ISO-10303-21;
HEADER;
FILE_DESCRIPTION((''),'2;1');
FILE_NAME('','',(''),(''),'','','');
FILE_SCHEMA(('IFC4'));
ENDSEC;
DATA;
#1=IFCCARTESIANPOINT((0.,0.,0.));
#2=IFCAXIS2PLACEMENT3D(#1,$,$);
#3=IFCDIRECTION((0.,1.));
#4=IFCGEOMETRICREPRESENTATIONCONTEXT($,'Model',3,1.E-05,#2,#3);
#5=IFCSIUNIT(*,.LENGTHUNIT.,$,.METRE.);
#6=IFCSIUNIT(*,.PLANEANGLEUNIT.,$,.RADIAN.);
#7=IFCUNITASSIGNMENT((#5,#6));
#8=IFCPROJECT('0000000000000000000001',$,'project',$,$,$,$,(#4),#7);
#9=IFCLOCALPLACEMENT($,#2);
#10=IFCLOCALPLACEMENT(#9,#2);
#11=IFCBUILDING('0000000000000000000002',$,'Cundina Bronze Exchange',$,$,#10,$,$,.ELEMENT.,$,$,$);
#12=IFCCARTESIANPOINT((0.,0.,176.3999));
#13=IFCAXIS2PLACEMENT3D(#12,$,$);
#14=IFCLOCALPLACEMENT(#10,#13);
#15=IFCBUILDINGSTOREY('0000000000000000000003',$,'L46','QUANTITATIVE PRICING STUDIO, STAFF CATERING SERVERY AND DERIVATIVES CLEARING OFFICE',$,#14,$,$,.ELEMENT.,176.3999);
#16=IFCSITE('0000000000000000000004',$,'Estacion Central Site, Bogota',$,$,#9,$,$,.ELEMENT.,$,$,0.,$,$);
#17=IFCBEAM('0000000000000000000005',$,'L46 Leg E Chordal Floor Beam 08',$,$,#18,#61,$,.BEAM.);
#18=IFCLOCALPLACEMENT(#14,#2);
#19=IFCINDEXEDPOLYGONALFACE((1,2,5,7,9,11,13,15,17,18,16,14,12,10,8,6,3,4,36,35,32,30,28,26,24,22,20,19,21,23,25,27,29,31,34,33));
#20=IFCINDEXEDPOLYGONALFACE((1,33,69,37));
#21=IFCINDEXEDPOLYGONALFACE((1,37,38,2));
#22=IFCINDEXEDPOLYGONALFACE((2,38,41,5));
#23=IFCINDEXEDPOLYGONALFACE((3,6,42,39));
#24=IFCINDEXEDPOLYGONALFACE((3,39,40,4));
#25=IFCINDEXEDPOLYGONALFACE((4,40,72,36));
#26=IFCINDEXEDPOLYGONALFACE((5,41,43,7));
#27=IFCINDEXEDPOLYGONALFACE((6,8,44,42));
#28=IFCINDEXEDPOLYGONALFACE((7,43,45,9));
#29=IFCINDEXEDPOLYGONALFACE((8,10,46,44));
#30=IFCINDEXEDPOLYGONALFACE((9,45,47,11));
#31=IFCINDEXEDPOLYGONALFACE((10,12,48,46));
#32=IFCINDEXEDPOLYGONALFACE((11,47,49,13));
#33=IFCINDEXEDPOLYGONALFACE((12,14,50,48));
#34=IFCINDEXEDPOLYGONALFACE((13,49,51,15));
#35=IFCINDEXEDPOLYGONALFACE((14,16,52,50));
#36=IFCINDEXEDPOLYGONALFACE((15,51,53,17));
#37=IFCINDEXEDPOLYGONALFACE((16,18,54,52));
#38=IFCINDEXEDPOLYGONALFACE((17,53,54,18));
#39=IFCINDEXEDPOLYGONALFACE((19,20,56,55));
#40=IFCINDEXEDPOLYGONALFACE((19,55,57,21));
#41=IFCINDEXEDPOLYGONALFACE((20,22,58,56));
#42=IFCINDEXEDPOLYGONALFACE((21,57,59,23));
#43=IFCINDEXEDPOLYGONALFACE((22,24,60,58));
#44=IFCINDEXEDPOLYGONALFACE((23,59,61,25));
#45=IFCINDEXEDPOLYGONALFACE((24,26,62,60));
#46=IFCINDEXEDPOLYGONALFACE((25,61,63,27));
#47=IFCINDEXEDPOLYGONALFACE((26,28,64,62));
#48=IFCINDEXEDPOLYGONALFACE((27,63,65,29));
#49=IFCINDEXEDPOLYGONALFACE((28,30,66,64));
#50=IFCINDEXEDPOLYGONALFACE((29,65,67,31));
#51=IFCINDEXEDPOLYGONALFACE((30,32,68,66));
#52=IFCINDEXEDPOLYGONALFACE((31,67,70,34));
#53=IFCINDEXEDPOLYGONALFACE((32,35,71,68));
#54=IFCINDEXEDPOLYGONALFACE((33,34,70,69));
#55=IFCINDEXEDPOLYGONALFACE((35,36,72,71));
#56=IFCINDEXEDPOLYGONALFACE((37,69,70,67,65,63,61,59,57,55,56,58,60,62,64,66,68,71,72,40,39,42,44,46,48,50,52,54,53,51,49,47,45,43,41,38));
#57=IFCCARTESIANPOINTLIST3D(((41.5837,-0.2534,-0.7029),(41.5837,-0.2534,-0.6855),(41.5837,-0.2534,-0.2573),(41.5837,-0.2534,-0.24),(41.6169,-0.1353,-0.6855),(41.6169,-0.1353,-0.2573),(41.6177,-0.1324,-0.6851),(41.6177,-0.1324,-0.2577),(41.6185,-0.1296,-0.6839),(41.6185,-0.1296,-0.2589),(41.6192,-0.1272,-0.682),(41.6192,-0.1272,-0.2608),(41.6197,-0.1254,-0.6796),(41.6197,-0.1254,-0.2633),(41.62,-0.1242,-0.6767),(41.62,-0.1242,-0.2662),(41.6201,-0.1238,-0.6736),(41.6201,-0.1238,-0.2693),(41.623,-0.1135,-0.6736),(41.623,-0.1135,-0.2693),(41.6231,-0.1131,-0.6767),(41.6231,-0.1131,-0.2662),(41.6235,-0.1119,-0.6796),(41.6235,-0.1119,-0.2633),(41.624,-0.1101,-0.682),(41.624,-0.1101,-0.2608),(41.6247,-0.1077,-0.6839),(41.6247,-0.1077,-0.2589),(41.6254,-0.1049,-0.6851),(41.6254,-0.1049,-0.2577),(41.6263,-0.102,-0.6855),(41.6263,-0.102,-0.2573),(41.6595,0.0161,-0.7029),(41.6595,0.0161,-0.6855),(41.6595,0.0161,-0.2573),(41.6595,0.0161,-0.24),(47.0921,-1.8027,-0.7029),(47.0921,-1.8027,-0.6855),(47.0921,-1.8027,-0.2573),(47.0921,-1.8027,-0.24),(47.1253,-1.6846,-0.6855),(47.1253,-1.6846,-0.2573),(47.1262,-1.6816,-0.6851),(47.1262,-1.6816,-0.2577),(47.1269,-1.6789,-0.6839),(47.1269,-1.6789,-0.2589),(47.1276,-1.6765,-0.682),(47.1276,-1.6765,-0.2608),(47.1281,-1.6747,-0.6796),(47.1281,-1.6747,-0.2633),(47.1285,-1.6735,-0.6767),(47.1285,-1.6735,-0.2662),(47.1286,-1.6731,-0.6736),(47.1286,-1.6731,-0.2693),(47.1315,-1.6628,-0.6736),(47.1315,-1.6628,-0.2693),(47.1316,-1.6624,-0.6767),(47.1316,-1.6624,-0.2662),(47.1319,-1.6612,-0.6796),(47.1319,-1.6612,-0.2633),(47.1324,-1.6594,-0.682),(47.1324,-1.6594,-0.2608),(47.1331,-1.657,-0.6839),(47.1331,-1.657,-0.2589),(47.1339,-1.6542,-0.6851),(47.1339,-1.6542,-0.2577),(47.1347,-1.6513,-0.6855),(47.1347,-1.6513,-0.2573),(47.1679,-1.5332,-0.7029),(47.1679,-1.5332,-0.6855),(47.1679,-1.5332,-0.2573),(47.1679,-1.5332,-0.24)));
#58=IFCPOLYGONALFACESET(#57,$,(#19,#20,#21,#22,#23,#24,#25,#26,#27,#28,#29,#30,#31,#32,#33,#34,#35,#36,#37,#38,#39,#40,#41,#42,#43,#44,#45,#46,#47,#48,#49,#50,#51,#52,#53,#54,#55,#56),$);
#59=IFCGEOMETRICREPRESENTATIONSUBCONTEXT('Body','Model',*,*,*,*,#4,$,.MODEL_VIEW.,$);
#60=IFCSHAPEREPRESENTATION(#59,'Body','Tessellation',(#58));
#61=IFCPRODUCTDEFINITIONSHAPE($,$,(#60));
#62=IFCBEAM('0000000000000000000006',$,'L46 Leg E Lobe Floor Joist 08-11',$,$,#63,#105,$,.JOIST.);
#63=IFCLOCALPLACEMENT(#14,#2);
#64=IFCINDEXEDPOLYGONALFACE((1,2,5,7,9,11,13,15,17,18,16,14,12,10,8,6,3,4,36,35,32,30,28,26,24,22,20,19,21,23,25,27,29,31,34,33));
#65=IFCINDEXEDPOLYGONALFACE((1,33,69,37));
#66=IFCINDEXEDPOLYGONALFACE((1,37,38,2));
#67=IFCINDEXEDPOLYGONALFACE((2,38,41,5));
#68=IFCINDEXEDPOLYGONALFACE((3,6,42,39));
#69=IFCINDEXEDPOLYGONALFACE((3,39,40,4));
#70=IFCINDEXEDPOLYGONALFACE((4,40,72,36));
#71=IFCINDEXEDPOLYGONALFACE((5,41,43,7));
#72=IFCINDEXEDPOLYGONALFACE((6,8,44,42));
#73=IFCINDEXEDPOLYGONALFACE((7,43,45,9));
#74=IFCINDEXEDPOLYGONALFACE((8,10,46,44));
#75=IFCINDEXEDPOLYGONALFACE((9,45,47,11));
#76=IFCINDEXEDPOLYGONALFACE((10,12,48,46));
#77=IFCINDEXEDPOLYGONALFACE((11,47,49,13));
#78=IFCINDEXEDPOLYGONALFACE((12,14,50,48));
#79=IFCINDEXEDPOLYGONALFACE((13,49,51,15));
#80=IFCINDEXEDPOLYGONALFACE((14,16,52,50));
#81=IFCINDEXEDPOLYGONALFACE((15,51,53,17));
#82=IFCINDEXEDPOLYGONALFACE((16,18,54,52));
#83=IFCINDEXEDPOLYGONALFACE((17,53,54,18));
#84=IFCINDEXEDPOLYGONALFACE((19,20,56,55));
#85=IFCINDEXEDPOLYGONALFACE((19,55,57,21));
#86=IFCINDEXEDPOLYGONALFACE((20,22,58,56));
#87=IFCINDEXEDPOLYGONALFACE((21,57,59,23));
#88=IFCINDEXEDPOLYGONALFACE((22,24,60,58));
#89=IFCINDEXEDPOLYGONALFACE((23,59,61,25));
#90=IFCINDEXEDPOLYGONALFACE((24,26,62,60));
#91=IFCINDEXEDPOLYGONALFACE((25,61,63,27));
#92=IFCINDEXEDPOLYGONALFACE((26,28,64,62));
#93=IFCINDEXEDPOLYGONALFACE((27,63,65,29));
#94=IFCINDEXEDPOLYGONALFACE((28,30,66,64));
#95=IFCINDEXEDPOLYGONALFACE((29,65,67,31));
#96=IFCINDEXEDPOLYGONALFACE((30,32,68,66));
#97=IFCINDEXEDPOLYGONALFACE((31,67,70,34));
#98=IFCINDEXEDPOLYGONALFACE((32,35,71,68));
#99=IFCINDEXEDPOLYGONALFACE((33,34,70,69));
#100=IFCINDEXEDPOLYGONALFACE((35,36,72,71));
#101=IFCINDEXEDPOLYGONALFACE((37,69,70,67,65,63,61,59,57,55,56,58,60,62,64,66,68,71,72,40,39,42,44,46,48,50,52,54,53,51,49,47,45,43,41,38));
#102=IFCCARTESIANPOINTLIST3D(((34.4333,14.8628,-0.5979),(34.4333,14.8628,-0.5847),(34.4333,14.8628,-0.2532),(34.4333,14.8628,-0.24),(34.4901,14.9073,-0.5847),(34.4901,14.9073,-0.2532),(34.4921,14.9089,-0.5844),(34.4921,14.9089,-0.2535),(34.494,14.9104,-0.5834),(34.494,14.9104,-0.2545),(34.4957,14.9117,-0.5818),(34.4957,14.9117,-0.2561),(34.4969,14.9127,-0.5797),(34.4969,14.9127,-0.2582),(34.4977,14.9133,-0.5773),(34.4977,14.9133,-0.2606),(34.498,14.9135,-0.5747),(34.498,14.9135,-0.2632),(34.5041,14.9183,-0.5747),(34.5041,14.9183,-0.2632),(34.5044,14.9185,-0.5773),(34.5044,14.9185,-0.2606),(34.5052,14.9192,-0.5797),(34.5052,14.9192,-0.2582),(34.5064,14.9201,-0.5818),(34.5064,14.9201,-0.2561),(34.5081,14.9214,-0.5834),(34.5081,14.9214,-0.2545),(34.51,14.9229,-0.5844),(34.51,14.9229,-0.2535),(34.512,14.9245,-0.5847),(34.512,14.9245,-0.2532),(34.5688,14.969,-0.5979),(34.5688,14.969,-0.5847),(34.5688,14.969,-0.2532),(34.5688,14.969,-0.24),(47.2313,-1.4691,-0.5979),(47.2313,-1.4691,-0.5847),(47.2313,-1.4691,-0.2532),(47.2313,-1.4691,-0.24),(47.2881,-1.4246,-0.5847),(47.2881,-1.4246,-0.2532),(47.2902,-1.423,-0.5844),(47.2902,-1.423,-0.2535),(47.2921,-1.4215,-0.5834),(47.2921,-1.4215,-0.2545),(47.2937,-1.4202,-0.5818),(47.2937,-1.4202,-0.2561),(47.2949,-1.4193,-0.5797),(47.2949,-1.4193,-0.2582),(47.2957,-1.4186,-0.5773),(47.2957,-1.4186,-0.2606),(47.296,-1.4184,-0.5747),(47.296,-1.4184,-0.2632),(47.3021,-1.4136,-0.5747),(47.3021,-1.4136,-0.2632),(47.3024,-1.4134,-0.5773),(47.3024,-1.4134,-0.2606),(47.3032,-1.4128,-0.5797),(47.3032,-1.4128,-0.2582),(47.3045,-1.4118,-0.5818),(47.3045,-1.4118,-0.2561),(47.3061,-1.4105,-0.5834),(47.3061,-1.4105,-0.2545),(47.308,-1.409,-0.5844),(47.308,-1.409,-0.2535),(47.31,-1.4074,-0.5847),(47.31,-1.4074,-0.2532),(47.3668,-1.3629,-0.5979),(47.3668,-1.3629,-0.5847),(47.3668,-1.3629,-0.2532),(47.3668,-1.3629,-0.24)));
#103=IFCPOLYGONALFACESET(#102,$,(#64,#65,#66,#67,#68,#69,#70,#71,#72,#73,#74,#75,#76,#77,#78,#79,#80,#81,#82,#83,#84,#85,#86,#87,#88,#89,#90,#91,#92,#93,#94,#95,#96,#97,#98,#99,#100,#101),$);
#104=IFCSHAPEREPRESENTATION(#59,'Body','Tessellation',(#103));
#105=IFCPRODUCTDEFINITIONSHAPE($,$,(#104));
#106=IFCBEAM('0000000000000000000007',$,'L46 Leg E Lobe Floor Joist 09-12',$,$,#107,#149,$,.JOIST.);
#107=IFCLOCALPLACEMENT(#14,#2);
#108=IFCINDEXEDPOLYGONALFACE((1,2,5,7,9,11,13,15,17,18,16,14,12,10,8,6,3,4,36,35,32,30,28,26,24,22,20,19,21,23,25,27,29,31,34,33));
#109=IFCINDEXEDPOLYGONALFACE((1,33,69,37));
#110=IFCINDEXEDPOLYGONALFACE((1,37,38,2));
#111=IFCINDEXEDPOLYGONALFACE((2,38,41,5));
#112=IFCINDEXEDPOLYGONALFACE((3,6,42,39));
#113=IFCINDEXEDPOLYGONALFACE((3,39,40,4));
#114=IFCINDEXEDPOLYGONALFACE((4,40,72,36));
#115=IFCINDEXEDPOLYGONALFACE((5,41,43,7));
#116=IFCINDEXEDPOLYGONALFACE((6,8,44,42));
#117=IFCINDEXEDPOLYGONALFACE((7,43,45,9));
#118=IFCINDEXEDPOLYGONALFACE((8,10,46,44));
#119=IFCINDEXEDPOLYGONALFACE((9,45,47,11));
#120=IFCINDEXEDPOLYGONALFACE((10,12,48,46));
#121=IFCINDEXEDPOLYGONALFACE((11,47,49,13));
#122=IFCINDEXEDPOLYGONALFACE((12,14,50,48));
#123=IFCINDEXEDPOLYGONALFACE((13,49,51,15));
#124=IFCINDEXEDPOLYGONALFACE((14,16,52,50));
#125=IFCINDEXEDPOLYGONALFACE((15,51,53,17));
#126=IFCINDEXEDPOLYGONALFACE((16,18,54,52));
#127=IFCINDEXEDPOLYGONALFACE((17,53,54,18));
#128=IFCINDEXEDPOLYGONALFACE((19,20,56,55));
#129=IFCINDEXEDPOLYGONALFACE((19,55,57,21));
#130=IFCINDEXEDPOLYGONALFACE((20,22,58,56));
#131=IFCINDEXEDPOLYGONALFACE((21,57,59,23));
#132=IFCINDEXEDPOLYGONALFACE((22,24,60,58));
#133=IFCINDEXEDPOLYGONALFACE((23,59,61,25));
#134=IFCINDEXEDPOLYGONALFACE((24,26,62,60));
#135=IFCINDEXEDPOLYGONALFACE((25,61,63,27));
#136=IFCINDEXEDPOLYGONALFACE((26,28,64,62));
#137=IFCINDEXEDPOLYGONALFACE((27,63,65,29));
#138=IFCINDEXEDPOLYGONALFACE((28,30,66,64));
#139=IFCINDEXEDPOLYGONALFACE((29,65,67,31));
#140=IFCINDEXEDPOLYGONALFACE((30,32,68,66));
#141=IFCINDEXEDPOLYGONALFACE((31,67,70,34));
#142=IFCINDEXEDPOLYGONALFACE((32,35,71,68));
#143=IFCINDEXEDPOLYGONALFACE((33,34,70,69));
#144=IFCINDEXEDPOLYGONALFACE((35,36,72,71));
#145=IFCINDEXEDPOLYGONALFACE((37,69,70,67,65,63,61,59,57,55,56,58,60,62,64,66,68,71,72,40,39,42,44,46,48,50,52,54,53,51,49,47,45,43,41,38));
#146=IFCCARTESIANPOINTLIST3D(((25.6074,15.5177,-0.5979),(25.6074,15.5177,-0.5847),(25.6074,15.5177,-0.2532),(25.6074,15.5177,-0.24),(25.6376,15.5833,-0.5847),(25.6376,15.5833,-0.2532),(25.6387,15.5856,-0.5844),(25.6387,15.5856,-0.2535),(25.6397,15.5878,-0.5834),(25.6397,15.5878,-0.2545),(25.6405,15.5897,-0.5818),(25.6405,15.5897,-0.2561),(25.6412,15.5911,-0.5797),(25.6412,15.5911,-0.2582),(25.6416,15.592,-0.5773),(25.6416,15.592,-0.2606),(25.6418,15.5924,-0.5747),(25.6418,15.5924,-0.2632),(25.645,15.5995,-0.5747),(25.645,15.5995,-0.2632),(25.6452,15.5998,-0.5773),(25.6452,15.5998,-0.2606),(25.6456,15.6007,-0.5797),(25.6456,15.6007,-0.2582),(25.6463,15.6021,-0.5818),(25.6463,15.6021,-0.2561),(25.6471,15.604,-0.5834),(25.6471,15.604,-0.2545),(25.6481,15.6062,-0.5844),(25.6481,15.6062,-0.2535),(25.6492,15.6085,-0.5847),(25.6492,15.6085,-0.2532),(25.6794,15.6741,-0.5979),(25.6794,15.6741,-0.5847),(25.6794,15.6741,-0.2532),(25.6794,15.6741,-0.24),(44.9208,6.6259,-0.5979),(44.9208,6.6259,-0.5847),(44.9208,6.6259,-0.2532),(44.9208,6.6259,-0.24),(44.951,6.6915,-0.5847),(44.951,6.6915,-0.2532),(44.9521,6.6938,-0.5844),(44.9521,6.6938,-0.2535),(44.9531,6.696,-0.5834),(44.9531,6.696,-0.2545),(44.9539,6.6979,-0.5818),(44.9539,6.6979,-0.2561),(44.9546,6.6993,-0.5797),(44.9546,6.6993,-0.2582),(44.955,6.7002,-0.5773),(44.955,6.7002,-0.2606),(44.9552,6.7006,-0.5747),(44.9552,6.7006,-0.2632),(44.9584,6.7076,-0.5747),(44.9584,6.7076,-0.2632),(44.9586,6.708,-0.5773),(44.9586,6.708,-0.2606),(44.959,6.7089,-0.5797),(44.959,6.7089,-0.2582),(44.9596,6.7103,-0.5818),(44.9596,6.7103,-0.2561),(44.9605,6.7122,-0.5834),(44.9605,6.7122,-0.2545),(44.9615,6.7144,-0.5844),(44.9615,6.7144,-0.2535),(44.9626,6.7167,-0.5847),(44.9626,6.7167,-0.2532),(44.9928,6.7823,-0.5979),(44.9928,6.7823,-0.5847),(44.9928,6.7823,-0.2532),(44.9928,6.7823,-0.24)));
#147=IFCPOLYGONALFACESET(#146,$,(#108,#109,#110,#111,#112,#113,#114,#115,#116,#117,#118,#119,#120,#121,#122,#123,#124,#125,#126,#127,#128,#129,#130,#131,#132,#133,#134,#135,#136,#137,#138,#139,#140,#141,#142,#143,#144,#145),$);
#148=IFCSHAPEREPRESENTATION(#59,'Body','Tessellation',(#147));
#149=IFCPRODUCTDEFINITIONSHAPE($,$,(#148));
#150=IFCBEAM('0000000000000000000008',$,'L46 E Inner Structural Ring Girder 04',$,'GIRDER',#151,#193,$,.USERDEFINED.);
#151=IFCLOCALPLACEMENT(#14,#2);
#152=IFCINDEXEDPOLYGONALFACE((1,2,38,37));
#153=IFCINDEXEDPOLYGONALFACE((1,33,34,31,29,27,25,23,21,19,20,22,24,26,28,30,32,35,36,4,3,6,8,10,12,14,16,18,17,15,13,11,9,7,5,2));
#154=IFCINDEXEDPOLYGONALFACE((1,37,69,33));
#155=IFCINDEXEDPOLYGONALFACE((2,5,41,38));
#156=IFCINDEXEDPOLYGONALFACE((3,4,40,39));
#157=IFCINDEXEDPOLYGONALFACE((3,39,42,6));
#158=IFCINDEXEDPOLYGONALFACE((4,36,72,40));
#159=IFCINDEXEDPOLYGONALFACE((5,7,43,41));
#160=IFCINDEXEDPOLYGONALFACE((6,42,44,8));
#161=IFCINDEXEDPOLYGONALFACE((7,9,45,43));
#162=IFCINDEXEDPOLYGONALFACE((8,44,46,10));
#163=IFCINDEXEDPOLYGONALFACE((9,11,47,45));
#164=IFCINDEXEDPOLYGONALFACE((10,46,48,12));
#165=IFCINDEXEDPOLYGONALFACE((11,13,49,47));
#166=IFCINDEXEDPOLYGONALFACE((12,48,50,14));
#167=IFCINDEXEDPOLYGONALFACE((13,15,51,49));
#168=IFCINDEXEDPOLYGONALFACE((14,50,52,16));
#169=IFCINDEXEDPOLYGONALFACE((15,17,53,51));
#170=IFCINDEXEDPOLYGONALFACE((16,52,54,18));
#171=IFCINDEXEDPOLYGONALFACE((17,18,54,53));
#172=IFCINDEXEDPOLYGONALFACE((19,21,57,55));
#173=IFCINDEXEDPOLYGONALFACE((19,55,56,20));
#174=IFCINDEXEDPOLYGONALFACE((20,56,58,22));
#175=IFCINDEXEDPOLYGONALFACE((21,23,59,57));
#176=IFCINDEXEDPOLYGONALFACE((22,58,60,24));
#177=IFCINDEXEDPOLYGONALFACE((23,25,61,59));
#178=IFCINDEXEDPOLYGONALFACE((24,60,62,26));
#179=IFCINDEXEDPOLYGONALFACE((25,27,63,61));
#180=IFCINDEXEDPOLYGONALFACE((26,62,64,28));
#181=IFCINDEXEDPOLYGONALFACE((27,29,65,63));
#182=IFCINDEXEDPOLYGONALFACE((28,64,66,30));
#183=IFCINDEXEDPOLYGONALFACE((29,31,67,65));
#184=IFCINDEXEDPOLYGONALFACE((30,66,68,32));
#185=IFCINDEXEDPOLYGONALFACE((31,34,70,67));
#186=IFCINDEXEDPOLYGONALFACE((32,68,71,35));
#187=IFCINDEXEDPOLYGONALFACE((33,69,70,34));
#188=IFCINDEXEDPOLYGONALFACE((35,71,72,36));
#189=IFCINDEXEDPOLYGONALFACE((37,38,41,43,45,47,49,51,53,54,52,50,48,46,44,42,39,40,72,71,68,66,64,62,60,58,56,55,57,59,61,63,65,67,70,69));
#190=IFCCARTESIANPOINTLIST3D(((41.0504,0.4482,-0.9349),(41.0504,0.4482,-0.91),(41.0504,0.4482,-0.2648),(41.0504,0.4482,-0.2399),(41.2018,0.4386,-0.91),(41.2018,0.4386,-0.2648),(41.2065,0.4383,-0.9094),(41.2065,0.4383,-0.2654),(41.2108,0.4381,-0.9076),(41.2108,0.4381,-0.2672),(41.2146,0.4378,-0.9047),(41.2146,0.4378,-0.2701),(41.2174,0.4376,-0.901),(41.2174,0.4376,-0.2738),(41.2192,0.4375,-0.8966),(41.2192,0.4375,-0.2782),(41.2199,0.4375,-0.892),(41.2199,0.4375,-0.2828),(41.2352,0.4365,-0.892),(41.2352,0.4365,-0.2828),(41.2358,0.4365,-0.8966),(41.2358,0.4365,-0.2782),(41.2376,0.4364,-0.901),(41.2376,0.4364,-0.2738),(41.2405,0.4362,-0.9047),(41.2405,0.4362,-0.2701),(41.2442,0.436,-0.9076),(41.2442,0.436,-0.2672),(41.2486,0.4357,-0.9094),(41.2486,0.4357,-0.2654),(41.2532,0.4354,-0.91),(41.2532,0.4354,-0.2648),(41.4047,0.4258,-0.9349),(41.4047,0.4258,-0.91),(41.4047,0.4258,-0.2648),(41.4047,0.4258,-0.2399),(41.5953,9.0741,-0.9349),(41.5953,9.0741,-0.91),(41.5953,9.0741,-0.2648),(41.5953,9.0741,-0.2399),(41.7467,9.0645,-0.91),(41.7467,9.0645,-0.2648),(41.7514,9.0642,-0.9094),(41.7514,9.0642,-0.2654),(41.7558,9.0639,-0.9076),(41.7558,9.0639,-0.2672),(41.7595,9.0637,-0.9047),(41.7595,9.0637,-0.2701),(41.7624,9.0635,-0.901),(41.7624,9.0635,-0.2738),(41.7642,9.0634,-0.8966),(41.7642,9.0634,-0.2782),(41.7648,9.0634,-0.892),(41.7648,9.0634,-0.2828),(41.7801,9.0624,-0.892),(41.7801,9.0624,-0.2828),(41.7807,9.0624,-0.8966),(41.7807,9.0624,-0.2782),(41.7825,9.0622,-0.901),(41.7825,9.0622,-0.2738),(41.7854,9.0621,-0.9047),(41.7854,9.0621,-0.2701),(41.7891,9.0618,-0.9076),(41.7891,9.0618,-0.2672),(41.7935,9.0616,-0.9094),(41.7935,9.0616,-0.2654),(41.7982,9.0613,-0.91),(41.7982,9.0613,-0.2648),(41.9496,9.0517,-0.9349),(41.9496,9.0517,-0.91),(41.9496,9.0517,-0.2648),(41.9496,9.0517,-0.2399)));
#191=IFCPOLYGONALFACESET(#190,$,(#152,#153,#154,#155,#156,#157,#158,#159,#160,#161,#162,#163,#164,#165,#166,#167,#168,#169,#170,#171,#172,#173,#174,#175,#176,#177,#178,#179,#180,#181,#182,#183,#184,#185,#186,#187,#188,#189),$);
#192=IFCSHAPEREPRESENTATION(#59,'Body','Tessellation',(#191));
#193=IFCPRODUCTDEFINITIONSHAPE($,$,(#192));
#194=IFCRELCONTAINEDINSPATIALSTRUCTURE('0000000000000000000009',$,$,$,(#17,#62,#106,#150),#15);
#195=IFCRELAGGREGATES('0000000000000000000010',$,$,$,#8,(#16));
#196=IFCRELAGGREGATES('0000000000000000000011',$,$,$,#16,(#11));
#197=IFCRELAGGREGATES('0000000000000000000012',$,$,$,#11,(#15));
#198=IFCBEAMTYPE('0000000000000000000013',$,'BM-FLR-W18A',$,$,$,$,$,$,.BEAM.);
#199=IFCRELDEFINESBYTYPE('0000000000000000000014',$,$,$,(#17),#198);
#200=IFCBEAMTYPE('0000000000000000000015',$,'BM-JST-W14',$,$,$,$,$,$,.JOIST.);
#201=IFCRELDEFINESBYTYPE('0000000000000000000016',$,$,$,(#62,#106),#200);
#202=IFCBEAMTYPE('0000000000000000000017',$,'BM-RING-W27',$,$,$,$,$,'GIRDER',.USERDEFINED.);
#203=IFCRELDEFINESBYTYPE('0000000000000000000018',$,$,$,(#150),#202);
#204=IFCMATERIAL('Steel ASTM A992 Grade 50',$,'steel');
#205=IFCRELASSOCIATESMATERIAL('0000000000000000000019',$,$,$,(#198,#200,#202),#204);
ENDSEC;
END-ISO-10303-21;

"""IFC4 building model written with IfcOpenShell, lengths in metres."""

from ifc_helpers import new_model, si_unit, direction, frame, origin, origin_2d, place, context, subcontext, project, spatial, i_section, extrude, material, material_profile, profile_set, type_object, element, save


model = new_model("IFC4")

# Units and contexts
model_context = context("Model", 3, precision=1e-05, world=origin(), true_north=direction((0.0, 1.0)))
body_context = subcontext(model_context, "Body", "Model", "MODEL_VIEW")
ifc_project = project(units=[si_unit("LENGTHUNIT", "METRE"), si_unit("PLANEANGLEUNIT", "RADIAN")], contexts=[model_context])

# Site, building, storey
site_placement = place(None, origin())
site = spatial("IfcSite", under=ifc_project, at=site_placement, Name="Estacion Central Site, Bogota", CompositionType="ELEMENT", RefElevation=0.0)
building_placement = place(site_placement, origin())
building = spatial("IfcBuilding", under=site, at=building_placement, Name="Cundina Bronze Exchange", CompositionType="ELEMENT")
storey_placement = place(building_placement, frame((0.0, 0.0, 176.3999)))
storey = spatial("IfcBuildingStorey", under=building, at=storey_placement, Name="L46", Description="QUANTITATIVE PRICING STUDIO, STAFF CATERING SERVERY AND DERIVATIVES CLEARING OFFICE", CompositionType="ELEMENT", Elevation=176.3999)

# Shared definitions
ifc_material_1 = material(Name="Steel ASTM A992 Grade 50", Category="steel")

# Beams
ifc_material_profile_1 = material_profile(ifc_material_1, i_section(OverallWidth=0.28, OverallDepth=0.4629, WebThickness=0.0107, FlangeThickness=0.0173, FilletRadius=0.012, at=origin_2d()), Name="W18X76", Category="steel")
ifc_profile_set_1 = profile_set([ifc_material_profile_1], Name="Steel ASTM A992 Grade 50")
beam_type_1 = type_object("IfcBeamType", Name="BM-FLR-W18A", PredefinedType="BEAM", material=ifc_profile_set_1)
beam_1_placement = place(storey_placement, frame((41.6216, -0.1187, -0.4714), z_axis=(0.962649, -0.270752, 0.0), x_axis=(0.270752, 0.962649, 0.0)))
element("IfcBeam", 1, at=beam_1_placement, inside=storey, type_object=beam_type_1, Name="L46 Leg E Chordal Floor Beam 08", PredefinedType="BEAM", context=body_context, shape_type="SweptSolid", body=[
    extrude(i_section(OverallWidth=0.28, OverallDepth=0.4629, WebThickness=0.0107, FlangeThickness=0.0173, FilletRadius=0.012, at=origin_2d()), origin(), (0.0, 0.0, 1.0), 5.7222),
])
ifc_material_profile_2 = material_profile(ifc_material_1, i_section(OverallWidth=0.1721, OverallDepth=0.3579, WebThickness=0.0078, FlangeThickness=0.0132, FilletRadius=0.01, at=origin_2d()), Name="W14X38", Category="steel")
ifc_profile_set_2 = profile_set([ifc_material_profile_2], Name="Steel ASTM A992 Grade 50")
beam_type_2 = type_object("IfcBeamType", Name="BM-JST-W14", PredefinedType="JOIST", material=ifc_profile_set_2)
beam_2_placement = place(storey_placement, frame((47.2991, -1.416, -0.4189), z_axis=(-0.616801, 0.787119, 0.0), x_axis=(-0.787119, -0.616801, 0.0)))
element("IfcBeam", 2, at=beam_2_placement, inside=storey, type_object=beam_type_2, Name="L46 Leg E Lobe Floor Joist 08-11", PredefinedType="JOIST", context=body_context, shape_type="SweptSolid", body=[
    extrude(i_section(OverallWidth=0.1721, OverallDepth=0.3579, WebThickness=0.0078, FlangeThickness=0.0132, FilletRadius=0.01, at=origin_2d()), origin(), (0.0, 0.0, 1.0), 20.749),
])
beam_3_placement = place(storey_placement, frame((44.9568, 6.7041, -0.4189), z_axis=(-0.908354, 0.418202, 0.0), x_axis=(-0.418202, -0.908354, 0.0)))
element("IfcBeam", 3, at=beam_3_placement, inside=storey, type_object=beam_type_2, Name="L46 Leg E Lobe Floor Joist 09-12", PredefinedType="JOIST", context=body_context, shape_type="SweptSolid", body=[
    extrude(i_section(OverallWidth=0.1721, OverallDepth=0.3579, WebThickness=0.0078, FlangeThickness=0.0132, FilletRadius=0.01, at=origin_2d()), origin(), (0.0, 0.0, 1.0), 21.262),
])
ifc_material_profile_3 = material_profile(ifc_material_1, i_section(OverallWidth=0.355, OverallDepth=0.6951, WebThickness=0.0154, FlangeThickness=0.0249, FilletRadius=0.0181, at=origin_2d()), Name="W27X146", Category="steel")
ifc_profile_set_3 = profile_set([ifc_material_profile_3], Name="Steel ASTM A992 Grade 50")
beam_type_3 = type_object("IfcBeamType", Name="BM-RING-W27", ElementType="GIRDER", PredefinedType="USERDEFINED", material=ifc_profile_set_3)
beam_4_placement = place(storey_placement, frame((41.2275, 0.437, -0.5874), z_axis=(0.063047, 0.998011, 0.0), x_axis=(-0.998011, 0.063047, 0.0)))
element("IfcBeam", 4, at=beam_4_placement, inside=storey, type_object=beam_type_3, Name="L46 E Inner Structural Ring Girder 04", ObjectType="GIRDER", PredefinedType="USERDEFINED", context=body_context, shape_type="SweptSolid", body=[
    extrude(i_section(OverallWidth=0.355, OverallDepth=0.6951, WebThickness=0.0154, FlangeThickness=0.0249, FilletRadius=0.0181, at=origin_2d()), origin(), (0.0, 0.0, 1.0), 8.6431),
])

save(model, "model.ifc")
